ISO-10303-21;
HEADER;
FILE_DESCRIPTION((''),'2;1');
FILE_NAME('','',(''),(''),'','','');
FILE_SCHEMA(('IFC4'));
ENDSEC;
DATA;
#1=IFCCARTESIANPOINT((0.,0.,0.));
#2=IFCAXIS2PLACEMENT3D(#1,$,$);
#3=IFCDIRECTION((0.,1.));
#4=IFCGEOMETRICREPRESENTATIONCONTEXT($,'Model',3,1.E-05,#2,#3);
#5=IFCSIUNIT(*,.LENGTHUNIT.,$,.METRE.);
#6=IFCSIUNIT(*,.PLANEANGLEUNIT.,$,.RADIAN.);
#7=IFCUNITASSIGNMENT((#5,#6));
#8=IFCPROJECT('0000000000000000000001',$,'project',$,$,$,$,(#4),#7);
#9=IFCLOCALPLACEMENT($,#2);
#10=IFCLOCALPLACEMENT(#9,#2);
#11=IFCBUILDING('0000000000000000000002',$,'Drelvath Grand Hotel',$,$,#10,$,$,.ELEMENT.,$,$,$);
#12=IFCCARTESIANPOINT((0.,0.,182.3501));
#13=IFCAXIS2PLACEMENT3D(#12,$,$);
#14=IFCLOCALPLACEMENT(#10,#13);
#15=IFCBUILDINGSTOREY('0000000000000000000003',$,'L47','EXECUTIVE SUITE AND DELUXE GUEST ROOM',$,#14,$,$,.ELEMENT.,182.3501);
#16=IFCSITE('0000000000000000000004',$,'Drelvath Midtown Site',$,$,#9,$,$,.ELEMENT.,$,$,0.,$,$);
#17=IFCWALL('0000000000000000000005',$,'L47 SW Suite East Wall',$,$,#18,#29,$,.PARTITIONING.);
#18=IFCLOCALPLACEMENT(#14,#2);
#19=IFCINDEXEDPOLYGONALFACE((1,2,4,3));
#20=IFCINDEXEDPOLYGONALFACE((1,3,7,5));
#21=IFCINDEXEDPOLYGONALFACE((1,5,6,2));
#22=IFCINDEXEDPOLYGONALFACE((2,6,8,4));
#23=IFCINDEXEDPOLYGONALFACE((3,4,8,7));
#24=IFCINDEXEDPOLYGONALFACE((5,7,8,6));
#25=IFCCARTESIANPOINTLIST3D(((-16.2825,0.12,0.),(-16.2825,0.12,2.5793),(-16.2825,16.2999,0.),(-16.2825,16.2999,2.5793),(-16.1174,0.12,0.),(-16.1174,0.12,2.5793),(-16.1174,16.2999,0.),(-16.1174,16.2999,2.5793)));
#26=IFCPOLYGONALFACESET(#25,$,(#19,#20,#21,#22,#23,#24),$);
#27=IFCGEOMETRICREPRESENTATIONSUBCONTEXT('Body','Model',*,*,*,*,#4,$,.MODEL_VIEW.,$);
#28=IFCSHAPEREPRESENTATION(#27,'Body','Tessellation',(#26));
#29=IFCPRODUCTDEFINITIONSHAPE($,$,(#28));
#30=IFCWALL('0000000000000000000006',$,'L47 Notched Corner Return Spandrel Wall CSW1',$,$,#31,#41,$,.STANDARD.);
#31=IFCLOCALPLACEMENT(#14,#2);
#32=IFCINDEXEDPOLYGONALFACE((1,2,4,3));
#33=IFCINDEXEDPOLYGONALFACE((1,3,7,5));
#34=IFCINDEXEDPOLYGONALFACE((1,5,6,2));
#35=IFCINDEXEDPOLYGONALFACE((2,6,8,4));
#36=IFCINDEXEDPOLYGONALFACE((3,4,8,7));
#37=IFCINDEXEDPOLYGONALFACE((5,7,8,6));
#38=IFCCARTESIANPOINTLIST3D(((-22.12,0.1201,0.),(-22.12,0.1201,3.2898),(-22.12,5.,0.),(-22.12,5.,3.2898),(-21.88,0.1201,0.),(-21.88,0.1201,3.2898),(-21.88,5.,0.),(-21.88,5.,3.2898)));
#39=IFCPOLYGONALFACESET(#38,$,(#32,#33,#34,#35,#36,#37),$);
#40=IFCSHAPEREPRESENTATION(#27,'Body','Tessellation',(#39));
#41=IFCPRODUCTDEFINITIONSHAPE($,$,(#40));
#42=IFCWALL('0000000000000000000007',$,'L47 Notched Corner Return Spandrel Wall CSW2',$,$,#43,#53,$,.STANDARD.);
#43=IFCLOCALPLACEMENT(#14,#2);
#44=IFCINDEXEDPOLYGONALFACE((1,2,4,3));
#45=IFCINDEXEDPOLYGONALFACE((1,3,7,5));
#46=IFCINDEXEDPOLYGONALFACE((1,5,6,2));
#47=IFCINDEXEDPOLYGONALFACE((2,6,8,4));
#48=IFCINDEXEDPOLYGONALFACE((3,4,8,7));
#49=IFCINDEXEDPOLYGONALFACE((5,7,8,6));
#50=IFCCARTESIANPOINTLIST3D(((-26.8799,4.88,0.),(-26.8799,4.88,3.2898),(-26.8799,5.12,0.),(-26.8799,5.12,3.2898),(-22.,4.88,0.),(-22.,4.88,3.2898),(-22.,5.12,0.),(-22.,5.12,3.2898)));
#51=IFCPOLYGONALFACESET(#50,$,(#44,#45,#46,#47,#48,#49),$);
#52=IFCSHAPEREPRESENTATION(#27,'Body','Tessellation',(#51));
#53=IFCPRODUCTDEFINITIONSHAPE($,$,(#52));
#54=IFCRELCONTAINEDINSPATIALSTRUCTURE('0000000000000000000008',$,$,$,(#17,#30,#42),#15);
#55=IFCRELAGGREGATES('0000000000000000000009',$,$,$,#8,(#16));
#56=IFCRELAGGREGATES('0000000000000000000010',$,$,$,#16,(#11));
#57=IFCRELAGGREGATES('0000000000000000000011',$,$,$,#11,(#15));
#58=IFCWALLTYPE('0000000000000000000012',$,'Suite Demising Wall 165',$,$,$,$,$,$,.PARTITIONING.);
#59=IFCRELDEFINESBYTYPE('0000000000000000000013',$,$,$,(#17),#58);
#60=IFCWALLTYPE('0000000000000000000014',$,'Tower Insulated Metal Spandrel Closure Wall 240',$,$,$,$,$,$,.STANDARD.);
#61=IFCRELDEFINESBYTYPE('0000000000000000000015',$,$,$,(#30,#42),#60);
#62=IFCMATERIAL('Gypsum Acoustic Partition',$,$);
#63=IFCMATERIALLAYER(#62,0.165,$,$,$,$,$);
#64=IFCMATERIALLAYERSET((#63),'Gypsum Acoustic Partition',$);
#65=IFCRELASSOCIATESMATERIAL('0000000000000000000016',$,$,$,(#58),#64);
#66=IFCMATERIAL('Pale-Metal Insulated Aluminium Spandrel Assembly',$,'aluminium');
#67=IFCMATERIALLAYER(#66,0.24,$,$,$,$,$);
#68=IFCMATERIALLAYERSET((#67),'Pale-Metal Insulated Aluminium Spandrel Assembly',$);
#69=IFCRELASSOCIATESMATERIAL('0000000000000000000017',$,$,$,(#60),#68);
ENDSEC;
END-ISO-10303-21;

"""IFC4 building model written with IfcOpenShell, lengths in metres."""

from ifc_helpers import new_model, si_unit, direction, frame, frame_2d, origin, place, context, subcontext, project, spatial, rectangle, extrude, material, layer, layer_set, type_object, element, save


model = new_model("IFC4")

# Units and contexts
model_context = context("Model", 3, precision=1e-05, world=origin(), true_north=direction((0.0, 1.0)))
body_context = subcontext(model_context, "Body", "Model", "MODEL_VIEW")
ifc_project = project(units=[si_unit("LENGTHUNIT", "METRE"), si_unit("PLANEANGLEUNIT", "RADIAN")], contexts=[model_context])

# Site, building, storey
site_placement = place(None, origin())
site = spatial("IfcSite", under=ifc_project, at=site_placement, Name="Drelvath Midtown Site", CompositionType="ELEMENT", RefElevation=0.0)
building_placement = place(site_placement, origin())
building = spatial("IfcBuilding", under=site, at=building_placement, Name="Drelvath Grand Hotel", CompositionType="ELEMENT")
storey_placement = place(building_placement, frame((0.0, 0.0, 182.3501)))
storey = spatial("IfcBuildingStorey", under=building, at=storey_placement, Name="L47", Description="EXECUTIVE SUITE AND DELUXE GUEST ROOM", CompositionType="ELEMENT", Elevation=182.3501)

# Walls
ifc_material_1 = material(Name="Gypsum Acoustic Partition")
ifc_layer_1 = layer(ifc_material_1, 0.165)
ifc_layer_set_1 = layer_set([ifc_layer_1], Name="Gypsum Acoustic Partition")
wall_type_1 = type_object("IfcWallType", Name="Suite Demising Wall 165", PredefinedType="PARTITIONING", material=ifc_layer_set_1)
wall_placement = place(storey_placement, frame((-16.2, 0.1201, 0.0), z_axis=(0.0, 0.0, 1.0), x_axis=(0.0, 1.0, 0.0)))
element("IfcWall", 1, at=wall_placement, inside=storey, type_object=wall_type_1, Name="L47 SW Suite East Wall", PredefinedType="PARTITIONING", context=body_context, shape_type="SweptSolid", body=[
    extrude(rectangle(XDim=16.1799, YDim=0.165, at=frame_2d((8.0898, 0.0))), origin(), (0.0, 0.0, 1.0), 2.5793),
])
ifc_material_2 = material(Name="Pale-Metal Insulated Aluminium Spandrel Assembly", Category="aluminium")
ifc_layer_2 = layer(ifc_material_2, 0.24)
ifc_layer_set_2 = layer_set([ifc_layer_2], Name="Pale-Metal Insulated Aluminium Spandrel Assembly")
wall_type_2 = type_object("IfcWallType", Name="Tower Insulated Metal Spandrel Closure Wall 240", PredefinedType="STANDARD", material=ifc_layer_set_2)
for number, where, z_axis, x_axis, name in (
    (2, (-22.0, 0.1201, 0.0), (0.0, 0.0, 1.0), (0.0, 1.0, 0.0), "L47 Notched Corner Return Spandrel Wall CSW1"),
    (3, (-22.0, 5.0, 0.0), (0.0, 0.0, 1.0), (-1.0, 0.0, 0.0), "L47 Notched Corner Return Spandrel Wall CSW2"),
):
    element("IfcWall", number, at=place(storey_placement, frame(where, z_axis=z_axis, x_axis=x_axis)), inside=storey, type_object=wall_type_2, Name=name, PredefinedType="STANDARD", context=body_context, shape_type="SweptSolid", body=[
        extrude(rectangle(XDim=4.8799, YDim=0.24, at=frame_2d((2.4399, 0.0))), origin(), (0.0, 0.0, 1.0), 3.2898),
    ])

save(model, "model.ifc")
